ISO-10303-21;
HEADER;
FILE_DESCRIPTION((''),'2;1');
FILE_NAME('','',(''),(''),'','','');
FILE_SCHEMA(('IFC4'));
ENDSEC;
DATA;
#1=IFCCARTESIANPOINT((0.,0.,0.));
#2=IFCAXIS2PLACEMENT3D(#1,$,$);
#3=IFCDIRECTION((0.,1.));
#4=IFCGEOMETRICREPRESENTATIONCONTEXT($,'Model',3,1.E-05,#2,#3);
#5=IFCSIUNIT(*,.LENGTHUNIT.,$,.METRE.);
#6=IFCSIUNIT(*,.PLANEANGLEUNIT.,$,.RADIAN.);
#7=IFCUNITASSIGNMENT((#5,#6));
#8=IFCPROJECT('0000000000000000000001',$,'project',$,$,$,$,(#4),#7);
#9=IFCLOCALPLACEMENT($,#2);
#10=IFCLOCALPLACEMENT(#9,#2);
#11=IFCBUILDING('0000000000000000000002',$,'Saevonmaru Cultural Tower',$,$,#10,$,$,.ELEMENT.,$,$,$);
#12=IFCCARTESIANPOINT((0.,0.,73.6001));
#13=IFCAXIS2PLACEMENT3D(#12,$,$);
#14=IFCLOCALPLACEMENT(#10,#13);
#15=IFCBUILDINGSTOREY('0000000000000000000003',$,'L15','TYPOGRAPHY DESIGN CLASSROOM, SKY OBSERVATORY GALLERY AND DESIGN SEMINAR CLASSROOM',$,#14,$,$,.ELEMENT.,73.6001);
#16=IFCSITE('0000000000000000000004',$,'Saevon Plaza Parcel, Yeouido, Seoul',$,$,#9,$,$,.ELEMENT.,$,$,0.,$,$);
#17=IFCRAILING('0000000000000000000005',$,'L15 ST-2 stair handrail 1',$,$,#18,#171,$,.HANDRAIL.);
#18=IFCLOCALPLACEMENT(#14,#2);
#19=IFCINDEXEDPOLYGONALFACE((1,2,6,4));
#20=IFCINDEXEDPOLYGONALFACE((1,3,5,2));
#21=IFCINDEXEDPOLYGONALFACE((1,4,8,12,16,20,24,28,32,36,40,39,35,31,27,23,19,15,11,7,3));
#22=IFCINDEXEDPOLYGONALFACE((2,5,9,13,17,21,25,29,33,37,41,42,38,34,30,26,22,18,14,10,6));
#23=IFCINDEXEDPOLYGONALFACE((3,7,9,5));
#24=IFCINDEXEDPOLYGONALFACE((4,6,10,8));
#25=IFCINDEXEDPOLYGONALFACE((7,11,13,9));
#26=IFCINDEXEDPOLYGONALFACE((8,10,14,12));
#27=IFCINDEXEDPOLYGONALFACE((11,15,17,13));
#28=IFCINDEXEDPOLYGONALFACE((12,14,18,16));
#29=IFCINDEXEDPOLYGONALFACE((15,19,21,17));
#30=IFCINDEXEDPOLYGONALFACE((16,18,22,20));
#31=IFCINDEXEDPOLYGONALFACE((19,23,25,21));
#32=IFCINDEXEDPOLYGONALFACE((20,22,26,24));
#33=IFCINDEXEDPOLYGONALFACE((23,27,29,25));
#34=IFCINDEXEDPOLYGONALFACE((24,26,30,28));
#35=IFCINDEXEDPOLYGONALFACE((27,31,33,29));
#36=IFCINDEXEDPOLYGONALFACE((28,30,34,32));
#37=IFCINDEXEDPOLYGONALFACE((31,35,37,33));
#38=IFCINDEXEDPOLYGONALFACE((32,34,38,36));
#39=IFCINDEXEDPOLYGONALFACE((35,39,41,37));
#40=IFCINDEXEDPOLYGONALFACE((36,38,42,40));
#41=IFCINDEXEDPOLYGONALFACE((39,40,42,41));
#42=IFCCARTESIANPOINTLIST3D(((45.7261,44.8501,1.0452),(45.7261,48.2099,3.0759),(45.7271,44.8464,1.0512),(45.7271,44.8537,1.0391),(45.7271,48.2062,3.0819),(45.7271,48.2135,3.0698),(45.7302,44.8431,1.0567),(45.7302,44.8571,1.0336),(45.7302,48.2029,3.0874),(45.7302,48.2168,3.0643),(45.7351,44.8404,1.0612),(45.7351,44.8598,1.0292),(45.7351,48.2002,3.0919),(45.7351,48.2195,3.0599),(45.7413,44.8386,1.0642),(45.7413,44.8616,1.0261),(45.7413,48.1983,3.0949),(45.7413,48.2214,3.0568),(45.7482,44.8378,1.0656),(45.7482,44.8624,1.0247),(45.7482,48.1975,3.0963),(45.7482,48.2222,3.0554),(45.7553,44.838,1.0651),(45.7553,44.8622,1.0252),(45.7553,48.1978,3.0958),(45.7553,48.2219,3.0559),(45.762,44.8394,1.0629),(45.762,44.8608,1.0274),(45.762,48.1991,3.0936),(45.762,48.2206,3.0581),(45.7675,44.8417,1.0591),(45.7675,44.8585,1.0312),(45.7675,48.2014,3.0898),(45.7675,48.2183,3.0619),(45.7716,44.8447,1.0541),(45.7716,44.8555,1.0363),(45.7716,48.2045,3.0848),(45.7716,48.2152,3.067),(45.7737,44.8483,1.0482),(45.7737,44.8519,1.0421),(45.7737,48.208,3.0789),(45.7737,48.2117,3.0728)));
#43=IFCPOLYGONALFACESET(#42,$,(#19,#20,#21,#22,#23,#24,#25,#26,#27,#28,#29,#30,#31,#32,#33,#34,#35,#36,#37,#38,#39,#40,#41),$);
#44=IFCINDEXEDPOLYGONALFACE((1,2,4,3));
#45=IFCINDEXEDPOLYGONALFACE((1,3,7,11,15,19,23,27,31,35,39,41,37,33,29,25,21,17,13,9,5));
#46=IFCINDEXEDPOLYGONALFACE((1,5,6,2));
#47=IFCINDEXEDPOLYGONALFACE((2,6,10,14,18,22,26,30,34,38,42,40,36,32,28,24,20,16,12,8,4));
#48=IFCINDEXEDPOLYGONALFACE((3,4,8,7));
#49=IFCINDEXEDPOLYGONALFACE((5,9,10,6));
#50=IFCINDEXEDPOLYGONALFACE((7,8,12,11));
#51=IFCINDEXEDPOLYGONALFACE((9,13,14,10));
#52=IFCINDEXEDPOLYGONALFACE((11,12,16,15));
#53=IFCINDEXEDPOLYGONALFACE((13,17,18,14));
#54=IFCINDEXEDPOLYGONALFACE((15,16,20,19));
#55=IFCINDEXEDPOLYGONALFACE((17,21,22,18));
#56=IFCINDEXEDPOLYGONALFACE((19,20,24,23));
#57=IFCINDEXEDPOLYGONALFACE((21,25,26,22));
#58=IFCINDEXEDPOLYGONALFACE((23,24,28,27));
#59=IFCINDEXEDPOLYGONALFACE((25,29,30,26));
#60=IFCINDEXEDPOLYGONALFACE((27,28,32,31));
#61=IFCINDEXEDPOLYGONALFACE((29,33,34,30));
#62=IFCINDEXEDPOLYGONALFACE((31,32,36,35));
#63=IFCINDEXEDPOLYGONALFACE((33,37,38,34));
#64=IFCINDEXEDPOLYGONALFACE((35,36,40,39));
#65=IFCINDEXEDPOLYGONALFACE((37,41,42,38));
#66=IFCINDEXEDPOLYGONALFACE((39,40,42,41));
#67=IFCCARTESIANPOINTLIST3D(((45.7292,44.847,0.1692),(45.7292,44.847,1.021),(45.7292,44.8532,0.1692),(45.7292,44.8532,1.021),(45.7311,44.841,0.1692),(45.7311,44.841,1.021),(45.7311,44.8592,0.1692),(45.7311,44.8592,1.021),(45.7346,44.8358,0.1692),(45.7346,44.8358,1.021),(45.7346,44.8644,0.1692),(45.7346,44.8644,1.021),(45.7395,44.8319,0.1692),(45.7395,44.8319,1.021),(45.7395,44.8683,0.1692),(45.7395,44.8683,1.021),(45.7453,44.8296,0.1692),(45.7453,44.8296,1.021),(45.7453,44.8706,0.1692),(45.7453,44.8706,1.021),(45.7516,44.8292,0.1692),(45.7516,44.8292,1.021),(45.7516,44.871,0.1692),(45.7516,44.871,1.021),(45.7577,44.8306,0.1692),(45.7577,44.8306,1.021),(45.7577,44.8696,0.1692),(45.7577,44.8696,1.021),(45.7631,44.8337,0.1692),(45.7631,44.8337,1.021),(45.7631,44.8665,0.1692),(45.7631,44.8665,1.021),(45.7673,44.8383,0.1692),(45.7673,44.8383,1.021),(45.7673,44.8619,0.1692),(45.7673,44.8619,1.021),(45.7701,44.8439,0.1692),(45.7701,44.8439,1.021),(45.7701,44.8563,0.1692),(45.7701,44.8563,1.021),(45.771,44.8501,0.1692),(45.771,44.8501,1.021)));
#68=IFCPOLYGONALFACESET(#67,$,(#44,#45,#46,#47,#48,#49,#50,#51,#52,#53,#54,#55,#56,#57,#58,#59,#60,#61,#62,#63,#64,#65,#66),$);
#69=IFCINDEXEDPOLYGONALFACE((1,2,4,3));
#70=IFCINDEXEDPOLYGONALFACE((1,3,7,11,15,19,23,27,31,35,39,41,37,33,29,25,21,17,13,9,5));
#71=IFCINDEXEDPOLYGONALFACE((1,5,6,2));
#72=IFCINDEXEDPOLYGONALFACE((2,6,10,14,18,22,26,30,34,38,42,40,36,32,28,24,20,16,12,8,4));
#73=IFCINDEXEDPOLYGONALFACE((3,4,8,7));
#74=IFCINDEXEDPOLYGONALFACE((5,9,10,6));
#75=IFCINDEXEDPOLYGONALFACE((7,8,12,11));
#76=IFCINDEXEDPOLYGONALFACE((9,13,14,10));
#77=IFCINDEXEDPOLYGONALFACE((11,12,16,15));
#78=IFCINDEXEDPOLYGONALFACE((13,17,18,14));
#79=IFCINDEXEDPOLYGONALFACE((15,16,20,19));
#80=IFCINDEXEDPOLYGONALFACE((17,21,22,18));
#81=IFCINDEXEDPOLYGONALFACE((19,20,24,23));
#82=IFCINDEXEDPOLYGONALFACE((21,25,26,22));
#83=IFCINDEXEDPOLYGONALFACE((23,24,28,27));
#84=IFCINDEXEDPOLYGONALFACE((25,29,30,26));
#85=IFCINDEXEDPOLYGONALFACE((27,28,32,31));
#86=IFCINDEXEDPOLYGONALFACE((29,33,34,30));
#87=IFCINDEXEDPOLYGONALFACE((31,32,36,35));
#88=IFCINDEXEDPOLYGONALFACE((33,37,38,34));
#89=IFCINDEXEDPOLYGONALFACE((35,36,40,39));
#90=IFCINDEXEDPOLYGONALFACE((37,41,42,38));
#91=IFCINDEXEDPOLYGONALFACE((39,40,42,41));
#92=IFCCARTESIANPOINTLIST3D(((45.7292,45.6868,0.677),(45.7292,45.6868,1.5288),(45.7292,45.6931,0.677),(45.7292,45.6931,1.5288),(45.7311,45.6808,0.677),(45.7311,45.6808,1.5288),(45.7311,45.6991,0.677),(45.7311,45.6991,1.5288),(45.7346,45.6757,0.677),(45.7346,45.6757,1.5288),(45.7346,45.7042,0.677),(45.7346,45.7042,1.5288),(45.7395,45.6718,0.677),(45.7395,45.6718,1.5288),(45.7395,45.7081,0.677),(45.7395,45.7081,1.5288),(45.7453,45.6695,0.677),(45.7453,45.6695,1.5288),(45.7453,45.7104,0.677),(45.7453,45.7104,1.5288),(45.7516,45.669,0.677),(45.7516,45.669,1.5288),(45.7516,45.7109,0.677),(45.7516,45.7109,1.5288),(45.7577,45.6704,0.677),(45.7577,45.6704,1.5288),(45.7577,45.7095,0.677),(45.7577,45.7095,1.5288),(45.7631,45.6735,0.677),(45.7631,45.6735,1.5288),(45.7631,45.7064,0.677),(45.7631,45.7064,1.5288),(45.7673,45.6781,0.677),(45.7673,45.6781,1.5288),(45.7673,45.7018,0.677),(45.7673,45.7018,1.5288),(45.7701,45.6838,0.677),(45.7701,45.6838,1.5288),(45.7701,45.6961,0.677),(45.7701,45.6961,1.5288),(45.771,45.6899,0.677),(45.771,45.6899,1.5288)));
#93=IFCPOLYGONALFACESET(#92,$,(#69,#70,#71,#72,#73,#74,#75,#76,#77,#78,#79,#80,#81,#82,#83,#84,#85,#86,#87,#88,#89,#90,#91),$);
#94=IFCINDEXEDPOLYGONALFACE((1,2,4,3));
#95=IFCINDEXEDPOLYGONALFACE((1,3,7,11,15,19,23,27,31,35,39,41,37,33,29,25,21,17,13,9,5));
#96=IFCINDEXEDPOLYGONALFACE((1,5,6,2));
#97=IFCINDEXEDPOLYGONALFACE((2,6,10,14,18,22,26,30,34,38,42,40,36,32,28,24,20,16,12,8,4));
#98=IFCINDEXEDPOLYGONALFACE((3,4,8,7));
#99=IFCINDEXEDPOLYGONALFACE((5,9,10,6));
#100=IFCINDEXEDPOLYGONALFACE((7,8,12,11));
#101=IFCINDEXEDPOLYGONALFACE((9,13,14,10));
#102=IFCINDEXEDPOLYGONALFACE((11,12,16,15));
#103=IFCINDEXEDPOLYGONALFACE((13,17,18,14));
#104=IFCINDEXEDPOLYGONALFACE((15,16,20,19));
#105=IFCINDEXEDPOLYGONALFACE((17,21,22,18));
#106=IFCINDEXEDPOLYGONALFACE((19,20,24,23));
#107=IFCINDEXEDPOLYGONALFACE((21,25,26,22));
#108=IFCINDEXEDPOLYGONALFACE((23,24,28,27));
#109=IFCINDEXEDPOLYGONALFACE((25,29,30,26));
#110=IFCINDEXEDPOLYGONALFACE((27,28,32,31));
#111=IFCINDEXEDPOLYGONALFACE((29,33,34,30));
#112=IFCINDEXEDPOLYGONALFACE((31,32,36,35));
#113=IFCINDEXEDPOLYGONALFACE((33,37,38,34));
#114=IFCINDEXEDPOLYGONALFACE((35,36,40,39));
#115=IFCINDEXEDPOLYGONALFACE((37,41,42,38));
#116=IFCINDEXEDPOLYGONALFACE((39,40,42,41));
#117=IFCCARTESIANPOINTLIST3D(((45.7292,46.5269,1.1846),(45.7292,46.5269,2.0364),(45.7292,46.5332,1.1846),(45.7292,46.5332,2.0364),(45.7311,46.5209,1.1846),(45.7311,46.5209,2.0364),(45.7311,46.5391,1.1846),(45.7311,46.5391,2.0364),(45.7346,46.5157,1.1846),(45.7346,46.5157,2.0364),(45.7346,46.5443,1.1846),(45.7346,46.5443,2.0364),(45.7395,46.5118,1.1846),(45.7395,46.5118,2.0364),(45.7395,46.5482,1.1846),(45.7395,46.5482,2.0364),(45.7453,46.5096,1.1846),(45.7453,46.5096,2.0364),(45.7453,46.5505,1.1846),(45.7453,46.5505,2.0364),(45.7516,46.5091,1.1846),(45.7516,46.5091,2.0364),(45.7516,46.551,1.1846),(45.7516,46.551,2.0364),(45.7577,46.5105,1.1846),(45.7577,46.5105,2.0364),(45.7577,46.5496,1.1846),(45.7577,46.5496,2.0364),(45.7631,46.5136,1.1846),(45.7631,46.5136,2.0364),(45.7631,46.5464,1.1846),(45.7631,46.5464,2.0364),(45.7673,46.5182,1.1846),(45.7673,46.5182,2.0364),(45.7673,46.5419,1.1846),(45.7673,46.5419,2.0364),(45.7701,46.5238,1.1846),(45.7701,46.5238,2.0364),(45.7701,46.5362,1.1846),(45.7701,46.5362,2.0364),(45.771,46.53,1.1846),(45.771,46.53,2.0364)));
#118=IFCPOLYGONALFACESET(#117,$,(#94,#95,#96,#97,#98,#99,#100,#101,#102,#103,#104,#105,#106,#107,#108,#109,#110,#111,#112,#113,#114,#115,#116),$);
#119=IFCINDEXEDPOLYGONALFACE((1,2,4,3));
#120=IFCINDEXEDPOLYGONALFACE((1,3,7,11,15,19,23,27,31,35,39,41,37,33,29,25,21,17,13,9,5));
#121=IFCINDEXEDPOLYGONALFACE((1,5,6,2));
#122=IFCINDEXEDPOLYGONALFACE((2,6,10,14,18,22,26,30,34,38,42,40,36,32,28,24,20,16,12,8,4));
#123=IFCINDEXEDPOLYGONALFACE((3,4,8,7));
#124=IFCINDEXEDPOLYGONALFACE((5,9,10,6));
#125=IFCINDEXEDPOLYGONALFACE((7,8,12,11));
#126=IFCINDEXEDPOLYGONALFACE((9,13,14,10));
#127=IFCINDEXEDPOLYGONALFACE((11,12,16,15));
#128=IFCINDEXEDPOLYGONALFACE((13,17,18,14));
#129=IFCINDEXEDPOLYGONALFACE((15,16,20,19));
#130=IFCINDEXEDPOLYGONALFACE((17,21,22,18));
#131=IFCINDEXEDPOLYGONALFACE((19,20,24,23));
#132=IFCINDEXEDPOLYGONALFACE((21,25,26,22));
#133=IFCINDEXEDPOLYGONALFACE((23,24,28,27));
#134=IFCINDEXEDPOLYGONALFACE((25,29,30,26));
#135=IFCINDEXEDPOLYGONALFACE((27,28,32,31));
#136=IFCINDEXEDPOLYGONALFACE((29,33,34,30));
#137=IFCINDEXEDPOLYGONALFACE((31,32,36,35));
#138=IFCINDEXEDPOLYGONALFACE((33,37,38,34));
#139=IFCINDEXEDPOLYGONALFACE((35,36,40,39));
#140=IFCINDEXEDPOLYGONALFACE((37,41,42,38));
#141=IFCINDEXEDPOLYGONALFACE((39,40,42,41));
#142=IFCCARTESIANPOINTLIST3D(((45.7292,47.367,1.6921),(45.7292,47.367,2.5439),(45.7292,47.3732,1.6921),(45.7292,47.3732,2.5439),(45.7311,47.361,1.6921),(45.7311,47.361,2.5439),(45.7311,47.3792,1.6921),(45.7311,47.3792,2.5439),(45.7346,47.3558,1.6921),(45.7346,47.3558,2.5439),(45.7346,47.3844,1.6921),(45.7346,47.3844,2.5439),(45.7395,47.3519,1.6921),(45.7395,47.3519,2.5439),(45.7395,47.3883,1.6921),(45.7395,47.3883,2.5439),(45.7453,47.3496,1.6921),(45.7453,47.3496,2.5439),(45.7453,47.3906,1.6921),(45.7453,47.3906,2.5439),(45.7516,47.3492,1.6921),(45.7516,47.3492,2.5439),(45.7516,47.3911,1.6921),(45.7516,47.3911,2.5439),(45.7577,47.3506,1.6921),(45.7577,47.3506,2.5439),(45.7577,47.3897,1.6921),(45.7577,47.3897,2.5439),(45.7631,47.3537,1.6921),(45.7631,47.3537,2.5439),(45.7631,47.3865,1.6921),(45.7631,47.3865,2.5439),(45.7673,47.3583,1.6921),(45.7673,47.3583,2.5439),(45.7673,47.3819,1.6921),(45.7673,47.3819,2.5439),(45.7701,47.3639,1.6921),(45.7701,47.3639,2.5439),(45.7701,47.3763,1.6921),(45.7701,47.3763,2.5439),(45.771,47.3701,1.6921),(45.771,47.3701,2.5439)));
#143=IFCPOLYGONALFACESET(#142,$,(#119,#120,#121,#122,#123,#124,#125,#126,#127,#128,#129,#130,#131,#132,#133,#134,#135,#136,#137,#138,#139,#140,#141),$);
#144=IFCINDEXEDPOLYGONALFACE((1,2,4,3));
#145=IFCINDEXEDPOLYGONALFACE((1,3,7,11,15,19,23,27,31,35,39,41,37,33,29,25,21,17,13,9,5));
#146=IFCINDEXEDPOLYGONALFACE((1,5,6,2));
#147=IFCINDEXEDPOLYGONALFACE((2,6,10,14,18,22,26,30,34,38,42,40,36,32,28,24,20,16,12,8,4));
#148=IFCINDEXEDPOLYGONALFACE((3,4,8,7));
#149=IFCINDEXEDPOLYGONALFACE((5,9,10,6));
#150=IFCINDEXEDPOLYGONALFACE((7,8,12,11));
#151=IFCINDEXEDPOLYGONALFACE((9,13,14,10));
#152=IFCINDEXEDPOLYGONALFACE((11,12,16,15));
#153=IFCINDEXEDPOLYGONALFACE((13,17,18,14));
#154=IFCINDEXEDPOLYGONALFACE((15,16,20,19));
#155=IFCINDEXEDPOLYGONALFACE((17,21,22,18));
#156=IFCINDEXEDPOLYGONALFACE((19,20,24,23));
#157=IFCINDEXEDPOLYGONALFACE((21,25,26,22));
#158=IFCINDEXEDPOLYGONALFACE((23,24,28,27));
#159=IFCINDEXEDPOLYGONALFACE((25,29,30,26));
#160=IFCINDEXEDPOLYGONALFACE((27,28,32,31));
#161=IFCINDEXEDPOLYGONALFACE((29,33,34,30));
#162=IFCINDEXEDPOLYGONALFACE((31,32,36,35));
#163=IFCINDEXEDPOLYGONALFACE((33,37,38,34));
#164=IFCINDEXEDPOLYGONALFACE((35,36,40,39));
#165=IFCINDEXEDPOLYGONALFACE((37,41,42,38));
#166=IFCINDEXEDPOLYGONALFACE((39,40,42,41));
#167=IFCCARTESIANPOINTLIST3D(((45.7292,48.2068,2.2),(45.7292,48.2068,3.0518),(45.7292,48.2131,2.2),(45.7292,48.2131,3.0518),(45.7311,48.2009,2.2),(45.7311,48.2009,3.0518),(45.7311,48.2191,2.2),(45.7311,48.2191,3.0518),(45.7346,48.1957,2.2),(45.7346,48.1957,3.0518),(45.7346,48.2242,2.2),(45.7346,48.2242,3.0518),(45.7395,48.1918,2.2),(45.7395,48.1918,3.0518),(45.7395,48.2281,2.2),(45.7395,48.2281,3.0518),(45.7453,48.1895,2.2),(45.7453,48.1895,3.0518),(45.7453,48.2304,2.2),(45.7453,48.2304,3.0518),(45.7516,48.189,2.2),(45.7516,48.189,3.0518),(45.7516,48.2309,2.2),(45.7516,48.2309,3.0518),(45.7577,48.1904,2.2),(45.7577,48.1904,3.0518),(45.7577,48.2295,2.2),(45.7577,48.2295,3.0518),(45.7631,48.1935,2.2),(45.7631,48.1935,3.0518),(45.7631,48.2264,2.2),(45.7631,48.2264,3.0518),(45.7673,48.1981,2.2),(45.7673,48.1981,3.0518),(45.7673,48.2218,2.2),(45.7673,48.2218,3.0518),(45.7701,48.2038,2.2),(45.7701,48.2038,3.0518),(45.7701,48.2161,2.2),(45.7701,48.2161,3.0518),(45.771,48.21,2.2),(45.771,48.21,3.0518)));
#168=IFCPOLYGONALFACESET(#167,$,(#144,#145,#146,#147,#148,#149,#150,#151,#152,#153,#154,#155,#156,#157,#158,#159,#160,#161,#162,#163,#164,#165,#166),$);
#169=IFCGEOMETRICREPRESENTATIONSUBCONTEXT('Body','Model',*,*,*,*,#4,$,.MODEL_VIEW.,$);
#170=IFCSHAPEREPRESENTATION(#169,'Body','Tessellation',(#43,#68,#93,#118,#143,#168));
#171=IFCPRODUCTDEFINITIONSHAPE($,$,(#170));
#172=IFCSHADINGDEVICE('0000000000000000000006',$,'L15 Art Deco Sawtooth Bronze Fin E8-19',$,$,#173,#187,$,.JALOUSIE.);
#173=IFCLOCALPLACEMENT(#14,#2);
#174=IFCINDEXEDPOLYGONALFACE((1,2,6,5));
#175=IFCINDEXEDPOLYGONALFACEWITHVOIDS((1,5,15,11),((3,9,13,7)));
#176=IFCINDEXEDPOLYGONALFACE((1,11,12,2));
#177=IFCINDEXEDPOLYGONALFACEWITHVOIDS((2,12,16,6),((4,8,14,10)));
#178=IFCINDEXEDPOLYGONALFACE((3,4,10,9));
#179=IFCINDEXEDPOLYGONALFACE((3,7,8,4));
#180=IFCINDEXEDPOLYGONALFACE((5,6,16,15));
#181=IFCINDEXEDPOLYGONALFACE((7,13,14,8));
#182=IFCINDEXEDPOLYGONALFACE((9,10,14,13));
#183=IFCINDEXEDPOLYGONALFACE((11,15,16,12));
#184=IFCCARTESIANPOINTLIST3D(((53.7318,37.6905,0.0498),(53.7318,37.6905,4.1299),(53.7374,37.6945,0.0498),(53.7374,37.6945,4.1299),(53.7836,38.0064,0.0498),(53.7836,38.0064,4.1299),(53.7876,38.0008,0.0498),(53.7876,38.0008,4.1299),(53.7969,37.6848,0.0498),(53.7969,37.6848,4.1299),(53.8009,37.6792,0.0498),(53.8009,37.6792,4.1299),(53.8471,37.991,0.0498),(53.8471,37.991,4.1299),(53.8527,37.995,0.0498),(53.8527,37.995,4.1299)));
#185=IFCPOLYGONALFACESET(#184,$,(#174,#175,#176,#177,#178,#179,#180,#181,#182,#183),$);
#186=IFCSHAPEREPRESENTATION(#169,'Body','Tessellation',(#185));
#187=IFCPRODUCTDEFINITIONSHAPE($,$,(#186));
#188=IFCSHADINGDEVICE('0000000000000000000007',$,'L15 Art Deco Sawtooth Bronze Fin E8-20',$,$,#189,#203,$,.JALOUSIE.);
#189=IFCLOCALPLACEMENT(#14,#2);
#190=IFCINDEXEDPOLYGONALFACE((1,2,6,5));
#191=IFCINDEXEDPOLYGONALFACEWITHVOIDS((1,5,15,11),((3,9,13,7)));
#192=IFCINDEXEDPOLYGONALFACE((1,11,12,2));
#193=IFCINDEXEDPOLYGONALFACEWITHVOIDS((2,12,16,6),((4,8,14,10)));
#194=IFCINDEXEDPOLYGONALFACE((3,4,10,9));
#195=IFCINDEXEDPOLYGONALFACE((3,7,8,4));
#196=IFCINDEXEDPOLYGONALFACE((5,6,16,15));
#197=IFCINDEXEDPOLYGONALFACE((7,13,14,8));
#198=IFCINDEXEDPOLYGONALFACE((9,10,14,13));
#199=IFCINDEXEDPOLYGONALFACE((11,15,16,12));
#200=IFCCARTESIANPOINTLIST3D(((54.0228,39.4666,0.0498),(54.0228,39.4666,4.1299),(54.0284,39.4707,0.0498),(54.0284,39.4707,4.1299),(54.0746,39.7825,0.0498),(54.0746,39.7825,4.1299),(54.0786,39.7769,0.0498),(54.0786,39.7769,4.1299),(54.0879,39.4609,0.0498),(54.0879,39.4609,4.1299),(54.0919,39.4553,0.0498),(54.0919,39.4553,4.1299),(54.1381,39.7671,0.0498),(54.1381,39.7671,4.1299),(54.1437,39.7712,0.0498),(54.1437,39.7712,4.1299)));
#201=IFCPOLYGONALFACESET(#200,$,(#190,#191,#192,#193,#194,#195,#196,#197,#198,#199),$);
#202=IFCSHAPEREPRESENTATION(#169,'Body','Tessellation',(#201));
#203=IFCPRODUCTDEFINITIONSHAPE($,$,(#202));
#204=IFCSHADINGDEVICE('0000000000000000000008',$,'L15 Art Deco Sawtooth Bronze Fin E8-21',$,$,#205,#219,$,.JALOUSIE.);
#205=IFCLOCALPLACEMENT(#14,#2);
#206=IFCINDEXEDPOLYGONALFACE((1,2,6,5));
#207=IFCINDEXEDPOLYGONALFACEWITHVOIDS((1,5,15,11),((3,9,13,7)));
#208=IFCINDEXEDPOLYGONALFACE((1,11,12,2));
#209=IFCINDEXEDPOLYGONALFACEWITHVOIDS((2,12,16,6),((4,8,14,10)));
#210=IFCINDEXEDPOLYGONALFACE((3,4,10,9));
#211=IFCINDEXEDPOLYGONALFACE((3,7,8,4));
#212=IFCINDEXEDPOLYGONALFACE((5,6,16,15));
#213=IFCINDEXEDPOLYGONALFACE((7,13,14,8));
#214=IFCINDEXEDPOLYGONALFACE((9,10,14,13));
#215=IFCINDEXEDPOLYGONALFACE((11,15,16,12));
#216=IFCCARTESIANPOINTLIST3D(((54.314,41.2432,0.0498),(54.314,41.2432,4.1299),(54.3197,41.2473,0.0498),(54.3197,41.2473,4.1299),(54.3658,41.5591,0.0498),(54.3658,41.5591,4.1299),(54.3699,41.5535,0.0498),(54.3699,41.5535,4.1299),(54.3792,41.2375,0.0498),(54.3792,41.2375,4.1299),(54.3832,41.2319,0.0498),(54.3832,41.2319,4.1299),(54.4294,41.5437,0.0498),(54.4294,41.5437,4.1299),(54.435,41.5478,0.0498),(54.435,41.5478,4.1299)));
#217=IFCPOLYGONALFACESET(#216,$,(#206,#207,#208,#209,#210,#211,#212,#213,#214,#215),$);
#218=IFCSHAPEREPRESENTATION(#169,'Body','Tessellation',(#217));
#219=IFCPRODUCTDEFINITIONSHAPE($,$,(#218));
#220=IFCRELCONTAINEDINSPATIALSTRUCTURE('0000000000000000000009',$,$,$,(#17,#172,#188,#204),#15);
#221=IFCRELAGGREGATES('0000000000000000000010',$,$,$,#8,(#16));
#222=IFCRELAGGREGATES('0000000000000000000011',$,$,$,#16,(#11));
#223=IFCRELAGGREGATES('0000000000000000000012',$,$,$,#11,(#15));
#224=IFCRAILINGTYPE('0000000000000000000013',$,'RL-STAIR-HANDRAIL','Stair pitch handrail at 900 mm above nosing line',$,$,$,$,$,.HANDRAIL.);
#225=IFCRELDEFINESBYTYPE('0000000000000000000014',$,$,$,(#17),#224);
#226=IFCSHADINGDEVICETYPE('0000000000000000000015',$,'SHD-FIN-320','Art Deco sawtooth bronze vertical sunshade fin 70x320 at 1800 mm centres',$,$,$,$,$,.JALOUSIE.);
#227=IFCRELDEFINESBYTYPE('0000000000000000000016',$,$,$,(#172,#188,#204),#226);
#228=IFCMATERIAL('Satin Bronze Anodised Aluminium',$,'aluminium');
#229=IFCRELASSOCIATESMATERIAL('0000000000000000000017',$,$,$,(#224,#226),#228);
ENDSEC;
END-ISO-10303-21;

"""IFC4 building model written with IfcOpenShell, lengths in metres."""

from ifc_helpers import new_model, si_unit, direction, frame, origin, origin_2d, place, context, subcontext, project, spatial, hollow_rectangle, circle, extrude, material, material_profile, profile_set, type_object, element, save


model = new_model("IFC4")

# Units and contexts
model_context = context("Model", 3, precision=1e-05, world=origin(), true_north=direction((0.0, 1.0)))
body_context = subcontext(model_context, "Body", "Model", "MODEL_VIEW")
ifc_project = project(units=[si_unit("LENGTHUNIT", "METRE"), si_unit("PLANEANGLEUNIT", "RADIAN")], contexts=[model_context])

# Site, building, storey
site_placement = place(None, origin())
site = spatial("IfcSite", under=ifc_project, at=site_placement, Name="Saevon Plaza Parcel, Yeouido, Seoul", CompositionType="ELEMENT", RefElevation=0.0)
building_placement = place(site_placement, origin())
building = spatial("IfcBuilding", under=site, at=building_placement, Name="Saevonmaru Cultural Tower", CompositionType="ELEMENT")
storey_placement = place(building_placement, frame((0.0, 0.0, 73.6001)))
storey = spatial("IfcBuildingStorey", under=building, at=storey_placement, Name="L15", Description="TYPOGRAPHY DESIGN CLASSROOM, SKY OBSERVATORY GALLERY AND DESIGN SEMINAR CLASSROOM", CompositionType="ELEMENT", Elevation=73.6001)

# Shared definitions
ifc_material_1 = material(Name="Satin Bronze Anodised Aluminium", Category="aluminium")

# Railing
railing_type_1 = type_object("IfcRailingType", Name="RL-STAIR-HANDRAIL", Description="Stair pitch handrail at 900 mm above nosing line", PredefinedType="HANDRAIL", material=ifc_material_1)
railing_1_placement = place(storey_placement, frame((45.75, 44.8501, 0.1692)))
element("IfcRailing", 1, at=railing_1_placement, inside=storey, type_object=railing_type_1, Name="L15 ST-2 stair handrail 1", PredefinedType="HANDRAIL", context=body_context, shape_type="SweptSolid", body=[
    extrude(circle(Radius=0.0239, at=origin_2d()), frame((0.0, 0.0, 0.876), z_axis=(0.0, 0.85582, 0.517273), x_axis=(-1.0, 0.0, 0.0)), (0.0, 0.0, 1.0), 3.9258),
    extrude(circle(Radius=0.021, at=origin_2d()), origin(), (0.0, 0.0, 1.0), 0.8518),
    extrude(circle(Radius=0.021, at=origin_2d()), frame((0.0, 0.8398, 0.5078)), (0.0, 0.0, 1.0), 0.8518),
    extrude(circle(Radius=0.021, at=origin_2d()), frame((0.0, 1.6799, 1.0154)), (0.0, 0.0, 1.0), 0.8518),
    extrude(circle(Radius=0.021, at=origin_2d()), frame((0.0, 2.52, 1.5229)), (0.0, 0.0, 1.0), 0.8518),
    extrude(circle(Radius=0.021, at=origin_2d()), frame((0.0, 3.3599, 2.0308)), (0.0, 0.0, 1.0), 0.8518),
])

# Shading devices
ifc_material_profile_1 = material_profile(ifc_material_1, hollow_rectangle(XDim=0.0701, YDim=0.3201, WallThickness=0.0049, at=origin_2d()), Name="FIN-320x70")
ifc_profile_set_1 = profile_set([ifc_material_profile_1], Name="Satin Bronze Anodised Aluminium")
shading_device_type = type_object("IfcShadingDeviceType", Name="SHD-FIN-320", Description="Art Deco sawtooth bronze vertical sunshade fin 70x320 at 1800 mm centres", PredefinedType="JALOUSIE", material=ifc_profile_set_1)
for number, where, z_axis, x_axis, name in (
    (2, (53.7922, 37.8428, 0.0498), (0.0, 0.0, 1.0), (0.986827, -0.161776, 0.0), "L15 Art Deco Sawtooth Bronze Fin E8-19"),
    (3, (54.0833, 39.6189, 0.0498), (0.0, 0.0, 1.0), (0.986827, -0.161776, 0.0), "L15 Art Deco Sawtooth Bronze Fin E8-20"),
    (4, (54.3745, 41.3955, 0.0498), (0.0, 0.0, 1.0), (0.986827, -0.161776, 0.0), "L15 Art Deco Sawtooth Bronze Fin E8-21"),
):
    element("IfcShadingDevice", number, at=place(storey_placement, frame(where, z_axis=z_axis, x_axis=x_axis)), inside=storey, type_object=shading_device_type, Name=name, PredefinedType="JALOUSIE", context=body_context, shape_type="SweptSolid", body=[
        extrude(hollow_rectangle(XDim=0.0701, YDim=0.3201, WallThickness=0.0049, at=origin_2d()), origin(), (0.0, 0.0, 1.0), 4.0801),
    ])

save(model, "model.ifc")
